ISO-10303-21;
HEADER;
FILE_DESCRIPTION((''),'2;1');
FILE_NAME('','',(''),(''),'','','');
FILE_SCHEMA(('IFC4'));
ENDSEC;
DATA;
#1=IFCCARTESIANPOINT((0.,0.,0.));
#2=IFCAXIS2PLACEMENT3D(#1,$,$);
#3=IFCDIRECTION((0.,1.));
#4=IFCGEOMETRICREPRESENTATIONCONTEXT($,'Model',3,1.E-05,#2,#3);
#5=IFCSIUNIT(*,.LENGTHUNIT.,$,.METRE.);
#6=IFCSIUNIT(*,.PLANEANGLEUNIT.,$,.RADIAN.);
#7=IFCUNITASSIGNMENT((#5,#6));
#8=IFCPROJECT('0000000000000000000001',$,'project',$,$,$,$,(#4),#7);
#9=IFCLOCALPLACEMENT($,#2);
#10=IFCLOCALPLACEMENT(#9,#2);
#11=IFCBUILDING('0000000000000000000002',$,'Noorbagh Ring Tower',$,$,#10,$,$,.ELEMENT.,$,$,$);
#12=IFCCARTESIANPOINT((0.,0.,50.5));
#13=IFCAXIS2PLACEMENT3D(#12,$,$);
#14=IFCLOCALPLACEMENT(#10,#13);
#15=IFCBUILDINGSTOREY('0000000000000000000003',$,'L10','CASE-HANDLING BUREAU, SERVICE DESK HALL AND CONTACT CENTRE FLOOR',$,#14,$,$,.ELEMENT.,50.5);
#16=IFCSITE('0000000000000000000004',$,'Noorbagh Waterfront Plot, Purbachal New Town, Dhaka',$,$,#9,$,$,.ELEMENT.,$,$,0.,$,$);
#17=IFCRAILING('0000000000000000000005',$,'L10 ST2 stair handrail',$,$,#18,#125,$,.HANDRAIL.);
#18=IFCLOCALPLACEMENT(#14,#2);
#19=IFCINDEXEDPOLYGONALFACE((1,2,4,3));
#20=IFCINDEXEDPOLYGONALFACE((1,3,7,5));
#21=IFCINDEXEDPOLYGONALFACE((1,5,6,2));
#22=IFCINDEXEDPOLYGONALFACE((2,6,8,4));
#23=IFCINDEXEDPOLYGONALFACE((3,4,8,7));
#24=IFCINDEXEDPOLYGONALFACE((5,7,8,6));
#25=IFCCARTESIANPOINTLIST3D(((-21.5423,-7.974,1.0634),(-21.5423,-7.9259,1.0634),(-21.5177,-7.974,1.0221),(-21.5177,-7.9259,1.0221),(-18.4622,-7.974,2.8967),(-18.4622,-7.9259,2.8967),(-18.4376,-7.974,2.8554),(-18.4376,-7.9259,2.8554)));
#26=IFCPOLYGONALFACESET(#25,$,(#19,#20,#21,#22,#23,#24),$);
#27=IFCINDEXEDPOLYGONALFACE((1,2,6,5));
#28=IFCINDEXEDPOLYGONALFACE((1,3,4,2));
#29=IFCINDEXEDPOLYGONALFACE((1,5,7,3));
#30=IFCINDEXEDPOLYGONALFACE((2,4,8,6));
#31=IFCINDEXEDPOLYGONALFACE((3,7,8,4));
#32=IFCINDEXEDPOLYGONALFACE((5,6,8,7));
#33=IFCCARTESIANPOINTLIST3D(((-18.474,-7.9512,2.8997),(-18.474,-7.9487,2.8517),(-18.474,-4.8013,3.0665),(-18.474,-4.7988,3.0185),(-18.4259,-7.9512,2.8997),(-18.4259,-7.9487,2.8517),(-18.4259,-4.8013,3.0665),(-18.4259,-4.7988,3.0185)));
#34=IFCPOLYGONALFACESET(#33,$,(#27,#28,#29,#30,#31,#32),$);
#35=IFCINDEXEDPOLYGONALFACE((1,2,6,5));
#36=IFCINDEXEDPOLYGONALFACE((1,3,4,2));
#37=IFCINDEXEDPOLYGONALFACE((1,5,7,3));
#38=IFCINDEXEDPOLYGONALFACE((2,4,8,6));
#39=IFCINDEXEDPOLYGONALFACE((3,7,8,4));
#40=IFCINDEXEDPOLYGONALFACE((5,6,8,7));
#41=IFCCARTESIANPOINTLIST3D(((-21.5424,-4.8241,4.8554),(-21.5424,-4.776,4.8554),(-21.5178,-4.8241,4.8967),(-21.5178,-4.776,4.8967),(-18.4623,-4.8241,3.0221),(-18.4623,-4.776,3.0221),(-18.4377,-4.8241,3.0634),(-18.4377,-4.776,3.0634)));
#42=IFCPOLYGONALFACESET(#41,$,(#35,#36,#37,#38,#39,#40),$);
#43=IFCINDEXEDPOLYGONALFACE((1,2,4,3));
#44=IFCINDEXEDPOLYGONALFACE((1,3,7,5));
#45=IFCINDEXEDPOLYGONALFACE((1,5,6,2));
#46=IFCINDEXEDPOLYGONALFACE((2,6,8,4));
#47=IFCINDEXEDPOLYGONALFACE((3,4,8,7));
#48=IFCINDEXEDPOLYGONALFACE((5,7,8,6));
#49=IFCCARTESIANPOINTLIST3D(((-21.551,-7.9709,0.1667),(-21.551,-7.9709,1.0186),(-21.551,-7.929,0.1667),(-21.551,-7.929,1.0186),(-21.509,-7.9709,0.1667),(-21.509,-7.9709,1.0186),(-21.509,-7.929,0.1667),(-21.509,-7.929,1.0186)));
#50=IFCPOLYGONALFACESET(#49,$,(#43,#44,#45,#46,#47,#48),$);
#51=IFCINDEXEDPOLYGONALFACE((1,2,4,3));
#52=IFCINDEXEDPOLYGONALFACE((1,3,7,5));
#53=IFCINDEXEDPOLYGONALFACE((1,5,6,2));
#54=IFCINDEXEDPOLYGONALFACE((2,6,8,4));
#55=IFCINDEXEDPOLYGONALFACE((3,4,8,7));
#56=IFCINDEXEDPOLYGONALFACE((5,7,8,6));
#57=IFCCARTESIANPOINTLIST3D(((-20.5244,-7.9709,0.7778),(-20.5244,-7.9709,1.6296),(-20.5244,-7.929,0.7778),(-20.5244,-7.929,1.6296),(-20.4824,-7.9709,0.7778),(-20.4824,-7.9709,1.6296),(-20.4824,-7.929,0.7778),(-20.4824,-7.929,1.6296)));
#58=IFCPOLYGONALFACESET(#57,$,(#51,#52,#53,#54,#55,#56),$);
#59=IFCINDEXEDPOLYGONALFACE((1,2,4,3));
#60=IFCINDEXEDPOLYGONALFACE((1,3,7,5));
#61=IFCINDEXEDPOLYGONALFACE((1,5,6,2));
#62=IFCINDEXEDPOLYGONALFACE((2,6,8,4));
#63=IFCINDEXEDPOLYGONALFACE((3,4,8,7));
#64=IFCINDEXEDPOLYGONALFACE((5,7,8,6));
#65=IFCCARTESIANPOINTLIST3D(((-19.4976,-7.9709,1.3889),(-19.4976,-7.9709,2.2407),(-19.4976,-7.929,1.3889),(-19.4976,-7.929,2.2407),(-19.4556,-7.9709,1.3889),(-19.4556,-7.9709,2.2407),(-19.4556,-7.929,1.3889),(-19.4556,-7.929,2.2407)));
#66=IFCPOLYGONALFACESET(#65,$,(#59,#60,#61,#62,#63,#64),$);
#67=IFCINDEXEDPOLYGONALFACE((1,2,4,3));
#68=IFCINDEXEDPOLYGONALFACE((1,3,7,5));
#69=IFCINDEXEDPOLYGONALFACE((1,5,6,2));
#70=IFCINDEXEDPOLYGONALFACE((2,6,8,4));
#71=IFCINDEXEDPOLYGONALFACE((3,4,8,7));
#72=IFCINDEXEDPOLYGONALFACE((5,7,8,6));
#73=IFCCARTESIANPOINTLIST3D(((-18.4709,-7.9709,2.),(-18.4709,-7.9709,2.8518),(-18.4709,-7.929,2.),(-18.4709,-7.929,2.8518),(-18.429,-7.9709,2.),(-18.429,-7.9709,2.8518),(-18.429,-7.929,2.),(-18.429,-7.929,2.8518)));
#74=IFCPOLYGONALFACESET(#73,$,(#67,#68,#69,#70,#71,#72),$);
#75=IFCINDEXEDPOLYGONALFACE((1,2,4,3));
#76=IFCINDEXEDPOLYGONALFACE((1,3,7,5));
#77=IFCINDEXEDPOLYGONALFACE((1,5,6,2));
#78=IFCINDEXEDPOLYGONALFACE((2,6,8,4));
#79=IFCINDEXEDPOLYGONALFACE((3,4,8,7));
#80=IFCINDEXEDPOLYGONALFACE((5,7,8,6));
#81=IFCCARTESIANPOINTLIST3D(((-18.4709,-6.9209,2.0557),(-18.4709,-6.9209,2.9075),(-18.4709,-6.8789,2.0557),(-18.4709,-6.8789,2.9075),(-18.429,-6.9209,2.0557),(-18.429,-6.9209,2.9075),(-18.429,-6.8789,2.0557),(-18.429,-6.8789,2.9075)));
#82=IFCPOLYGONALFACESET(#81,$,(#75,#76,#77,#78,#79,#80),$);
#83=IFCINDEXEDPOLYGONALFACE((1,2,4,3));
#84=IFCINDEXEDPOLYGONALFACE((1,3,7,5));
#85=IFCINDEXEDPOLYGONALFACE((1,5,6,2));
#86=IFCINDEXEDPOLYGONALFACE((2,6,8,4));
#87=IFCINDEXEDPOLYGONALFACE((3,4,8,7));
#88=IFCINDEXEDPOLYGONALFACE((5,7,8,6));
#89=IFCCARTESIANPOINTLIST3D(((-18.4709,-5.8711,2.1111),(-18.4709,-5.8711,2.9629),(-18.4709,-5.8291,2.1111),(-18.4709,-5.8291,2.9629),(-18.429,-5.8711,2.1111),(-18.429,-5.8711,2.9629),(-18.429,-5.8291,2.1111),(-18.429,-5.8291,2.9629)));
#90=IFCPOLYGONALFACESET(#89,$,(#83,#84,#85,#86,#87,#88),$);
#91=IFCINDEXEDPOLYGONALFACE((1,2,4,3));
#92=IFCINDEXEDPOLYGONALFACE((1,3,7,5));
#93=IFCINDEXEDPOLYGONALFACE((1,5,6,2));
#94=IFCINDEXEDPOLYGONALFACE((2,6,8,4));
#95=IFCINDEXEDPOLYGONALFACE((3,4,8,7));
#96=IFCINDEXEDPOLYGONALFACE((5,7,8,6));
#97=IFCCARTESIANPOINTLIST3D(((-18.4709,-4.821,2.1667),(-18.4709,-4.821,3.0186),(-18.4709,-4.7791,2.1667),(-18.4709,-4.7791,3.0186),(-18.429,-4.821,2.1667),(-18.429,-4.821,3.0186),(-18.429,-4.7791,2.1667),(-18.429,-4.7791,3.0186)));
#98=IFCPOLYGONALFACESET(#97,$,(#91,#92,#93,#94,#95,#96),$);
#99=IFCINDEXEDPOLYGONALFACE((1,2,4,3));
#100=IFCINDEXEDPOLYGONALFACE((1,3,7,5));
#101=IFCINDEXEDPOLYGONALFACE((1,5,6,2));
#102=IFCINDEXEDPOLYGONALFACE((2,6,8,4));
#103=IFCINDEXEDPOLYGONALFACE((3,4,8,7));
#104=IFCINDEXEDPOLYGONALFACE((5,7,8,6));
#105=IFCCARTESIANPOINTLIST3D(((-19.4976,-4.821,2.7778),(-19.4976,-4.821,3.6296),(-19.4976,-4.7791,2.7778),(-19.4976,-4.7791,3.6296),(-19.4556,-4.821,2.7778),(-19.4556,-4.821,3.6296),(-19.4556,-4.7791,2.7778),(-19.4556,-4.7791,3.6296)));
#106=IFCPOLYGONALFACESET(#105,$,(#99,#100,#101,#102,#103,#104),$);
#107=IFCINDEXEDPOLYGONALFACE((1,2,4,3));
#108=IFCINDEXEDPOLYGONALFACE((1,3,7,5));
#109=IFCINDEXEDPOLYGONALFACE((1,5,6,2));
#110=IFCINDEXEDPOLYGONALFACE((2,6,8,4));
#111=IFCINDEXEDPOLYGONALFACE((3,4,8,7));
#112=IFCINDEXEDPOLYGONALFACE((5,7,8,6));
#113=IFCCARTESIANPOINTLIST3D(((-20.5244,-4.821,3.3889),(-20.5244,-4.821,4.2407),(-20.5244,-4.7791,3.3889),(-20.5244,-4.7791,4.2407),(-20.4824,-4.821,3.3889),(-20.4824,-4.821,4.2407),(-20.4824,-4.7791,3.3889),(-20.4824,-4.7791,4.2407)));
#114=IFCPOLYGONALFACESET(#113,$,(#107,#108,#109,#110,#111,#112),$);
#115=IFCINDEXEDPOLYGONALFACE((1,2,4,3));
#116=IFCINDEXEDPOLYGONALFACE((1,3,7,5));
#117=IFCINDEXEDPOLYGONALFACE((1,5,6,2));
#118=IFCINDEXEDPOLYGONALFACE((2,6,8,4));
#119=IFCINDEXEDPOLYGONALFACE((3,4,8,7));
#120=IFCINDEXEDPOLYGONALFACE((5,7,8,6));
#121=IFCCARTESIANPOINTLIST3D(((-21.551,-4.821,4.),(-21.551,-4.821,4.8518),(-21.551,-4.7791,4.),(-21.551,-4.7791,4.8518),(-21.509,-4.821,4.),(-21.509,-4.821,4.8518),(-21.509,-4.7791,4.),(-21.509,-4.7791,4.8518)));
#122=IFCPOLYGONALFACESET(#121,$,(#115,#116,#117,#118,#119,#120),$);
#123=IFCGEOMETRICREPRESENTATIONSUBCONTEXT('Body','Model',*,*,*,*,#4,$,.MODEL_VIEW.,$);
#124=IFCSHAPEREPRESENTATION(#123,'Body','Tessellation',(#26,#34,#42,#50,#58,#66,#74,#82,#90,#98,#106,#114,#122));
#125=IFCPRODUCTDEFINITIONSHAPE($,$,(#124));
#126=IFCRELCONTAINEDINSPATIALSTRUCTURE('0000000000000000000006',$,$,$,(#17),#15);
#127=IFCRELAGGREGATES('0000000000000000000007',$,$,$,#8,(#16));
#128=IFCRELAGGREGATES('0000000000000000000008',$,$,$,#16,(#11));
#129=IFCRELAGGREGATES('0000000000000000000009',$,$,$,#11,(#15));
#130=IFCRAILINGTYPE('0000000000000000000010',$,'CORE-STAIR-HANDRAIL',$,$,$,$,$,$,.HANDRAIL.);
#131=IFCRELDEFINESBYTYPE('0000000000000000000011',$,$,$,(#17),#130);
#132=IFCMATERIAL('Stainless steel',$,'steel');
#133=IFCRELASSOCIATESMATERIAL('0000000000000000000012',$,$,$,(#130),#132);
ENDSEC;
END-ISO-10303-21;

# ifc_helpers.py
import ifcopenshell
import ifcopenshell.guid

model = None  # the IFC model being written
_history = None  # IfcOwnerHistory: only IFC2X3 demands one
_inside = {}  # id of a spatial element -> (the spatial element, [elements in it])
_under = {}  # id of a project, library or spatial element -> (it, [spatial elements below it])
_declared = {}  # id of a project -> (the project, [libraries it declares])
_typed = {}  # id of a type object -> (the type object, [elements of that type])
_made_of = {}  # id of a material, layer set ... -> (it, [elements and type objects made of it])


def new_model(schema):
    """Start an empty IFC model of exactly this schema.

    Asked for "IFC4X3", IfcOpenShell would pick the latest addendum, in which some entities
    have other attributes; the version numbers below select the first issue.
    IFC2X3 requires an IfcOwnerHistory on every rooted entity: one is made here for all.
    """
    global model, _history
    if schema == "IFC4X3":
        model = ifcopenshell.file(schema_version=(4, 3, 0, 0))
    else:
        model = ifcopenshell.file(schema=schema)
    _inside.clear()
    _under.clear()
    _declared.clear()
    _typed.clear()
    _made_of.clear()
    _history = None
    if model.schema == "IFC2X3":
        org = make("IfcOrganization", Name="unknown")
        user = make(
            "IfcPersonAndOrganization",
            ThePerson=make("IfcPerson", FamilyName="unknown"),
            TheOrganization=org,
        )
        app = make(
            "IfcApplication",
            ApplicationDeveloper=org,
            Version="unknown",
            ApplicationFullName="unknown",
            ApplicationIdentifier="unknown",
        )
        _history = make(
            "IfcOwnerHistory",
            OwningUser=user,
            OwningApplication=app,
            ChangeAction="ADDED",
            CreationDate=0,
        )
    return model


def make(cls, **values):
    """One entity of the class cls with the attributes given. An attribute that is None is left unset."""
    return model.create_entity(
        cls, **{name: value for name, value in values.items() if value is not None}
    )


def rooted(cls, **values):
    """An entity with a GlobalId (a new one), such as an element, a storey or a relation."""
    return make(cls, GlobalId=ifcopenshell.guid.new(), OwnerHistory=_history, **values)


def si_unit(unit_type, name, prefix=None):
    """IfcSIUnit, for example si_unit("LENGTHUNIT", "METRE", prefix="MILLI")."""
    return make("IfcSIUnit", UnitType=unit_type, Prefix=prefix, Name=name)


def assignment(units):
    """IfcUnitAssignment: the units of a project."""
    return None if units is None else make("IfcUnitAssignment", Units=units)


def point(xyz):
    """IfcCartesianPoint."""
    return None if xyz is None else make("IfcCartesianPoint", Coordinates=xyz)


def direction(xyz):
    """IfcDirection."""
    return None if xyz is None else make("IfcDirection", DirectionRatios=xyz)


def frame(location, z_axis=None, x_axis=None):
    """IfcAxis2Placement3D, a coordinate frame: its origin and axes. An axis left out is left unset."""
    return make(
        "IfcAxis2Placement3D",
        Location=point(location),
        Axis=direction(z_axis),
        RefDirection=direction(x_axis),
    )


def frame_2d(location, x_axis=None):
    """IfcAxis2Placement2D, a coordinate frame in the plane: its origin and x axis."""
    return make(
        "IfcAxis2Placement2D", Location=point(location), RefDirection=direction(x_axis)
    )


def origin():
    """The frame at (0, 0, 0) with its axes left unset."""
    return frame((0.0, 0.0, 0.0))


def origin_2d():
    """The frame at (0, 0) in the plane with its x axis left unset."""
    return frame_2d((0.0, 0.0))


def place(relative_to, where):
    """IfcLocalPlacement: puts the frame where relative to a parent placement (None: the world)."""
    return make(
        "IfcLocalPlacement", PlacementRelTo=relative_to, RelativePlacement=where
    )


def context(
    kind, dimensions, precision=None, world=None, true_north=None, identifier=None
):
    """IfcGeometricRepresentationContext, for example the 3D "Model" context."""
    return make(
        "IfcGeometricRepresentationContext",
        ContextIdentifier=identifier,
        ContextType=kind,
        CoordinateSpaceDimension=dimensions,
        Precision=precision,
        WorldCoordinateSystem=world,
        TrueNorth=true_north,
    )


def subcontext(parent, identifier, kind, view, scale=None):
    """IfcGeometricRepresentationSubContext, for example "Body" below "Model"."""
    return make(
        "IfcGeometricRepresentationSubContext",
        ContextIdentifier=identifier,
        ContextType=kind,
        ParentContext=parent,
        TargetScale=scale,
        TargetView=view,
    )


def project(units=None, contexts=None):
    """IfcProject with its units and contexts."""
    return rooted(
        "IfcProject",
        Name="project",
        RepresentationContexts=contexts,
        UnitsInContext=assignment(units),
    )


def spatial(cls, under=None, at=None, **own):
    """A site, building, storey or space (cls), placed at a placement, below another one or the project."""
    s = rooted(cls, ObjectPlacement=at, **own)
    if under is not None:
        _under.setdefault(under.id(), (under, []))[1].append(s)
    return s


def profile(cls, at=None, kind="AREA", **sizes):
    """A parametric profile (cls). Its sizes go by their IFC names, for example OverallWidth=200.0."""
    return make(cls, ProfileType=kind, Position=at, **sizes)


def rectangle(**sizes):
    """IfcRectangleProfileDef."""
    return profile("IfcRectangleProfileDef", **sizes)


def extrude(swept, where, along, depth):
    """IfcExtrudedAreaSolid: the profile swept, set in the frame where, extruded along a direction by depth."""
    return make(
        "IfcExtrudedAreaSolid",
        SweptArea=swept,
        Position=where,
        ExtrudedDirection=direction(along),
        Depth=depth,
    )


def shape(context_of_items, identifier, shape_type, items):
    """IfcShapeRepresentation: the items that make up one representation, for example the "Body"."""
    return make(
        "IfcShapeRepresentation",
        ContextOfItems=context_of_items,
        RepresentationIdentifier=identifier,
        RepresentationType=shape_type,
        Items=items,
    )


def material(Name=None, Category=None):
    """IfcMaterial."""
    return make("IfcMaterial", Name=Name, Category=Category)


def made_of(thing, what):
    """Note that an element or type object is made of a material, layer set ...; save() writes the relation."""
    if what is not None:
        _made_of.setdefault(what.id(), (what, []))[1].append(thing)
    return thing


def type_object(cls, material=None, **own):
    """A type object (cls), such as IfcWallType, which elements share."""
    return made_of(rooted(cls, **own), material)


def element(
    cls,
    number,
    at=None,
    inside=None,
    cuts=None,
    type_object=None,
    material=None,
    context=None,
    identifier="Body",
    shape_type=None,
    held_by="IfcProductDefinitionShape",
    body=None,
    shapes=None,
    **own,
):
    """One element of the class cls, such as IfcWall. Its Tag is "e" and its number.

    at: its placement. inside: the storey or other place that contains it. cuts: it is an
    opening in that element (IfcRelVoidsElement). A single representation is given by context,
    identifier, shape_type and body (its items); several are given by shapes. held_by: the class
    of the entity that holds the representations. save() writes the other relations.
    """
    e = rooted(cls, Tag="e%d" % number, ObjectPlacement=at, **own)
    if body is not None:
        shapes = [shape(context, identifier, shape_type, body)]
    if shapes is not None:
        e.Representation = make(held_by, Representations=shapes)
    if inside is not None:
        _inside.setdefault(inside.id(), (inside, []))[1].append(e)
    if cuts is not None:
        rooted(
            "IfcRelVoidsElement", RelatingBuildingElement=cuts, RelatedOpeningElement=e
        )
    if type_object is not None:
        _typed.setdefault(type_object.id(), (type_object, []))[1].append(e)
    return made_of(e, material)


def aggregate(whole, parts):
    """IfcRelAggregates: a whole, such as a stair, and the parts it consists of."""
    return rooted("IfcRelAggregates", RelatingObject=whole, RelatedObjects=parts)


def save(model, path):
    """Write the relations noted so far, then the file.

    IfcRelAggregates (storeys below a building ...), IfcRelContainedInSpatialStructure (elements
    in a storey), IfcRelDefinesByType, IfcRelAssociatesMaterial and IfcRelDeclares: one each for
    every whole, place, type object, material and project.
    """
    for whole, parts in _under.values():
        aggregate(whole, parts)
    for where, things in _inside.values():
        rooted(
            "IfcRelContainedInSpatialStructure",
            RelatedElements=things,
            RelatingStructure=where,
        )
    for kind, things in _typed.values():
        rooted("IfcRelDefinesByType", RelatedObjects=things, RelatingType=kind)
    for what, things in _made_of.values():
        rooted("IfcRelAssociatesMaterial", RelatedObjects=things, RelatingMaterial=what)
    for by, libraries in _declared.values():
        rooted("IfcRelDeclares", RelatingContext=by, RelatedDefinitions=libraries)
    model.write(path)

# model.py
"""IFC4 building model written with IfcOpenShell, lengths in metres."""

from ifc_helpers import new_model, si_unit, direction, frame, origin, origin_2d, place, context, subcontext, project, spatial, rectangle, extrude, material, type_object, element, save


model = new_model("IFC4")

# Units and contexts
model_context = context("Model", 3, precision=1e-05, world=origin(), true_north=direction((0.0, 1.0)))
body_context = subcontext(model_context, "Body", "Model", "MODEL_VIEW")
ifc_project = project(units=[si_unit("LENGTHUNIT", "METRE"), si_unit("PLANEANGLEUNIT", "RADIAN")], contexts=[model_context])

# Site, building, storey
site_placement = place(None, origin())
site = spatial("IfcSite", under=ifc_project, at=site_placement, Name="Noorbagh Waterfront Plot, Purbachal New Town, Dhaka", CompositionType="ELEMENT", RefElevation=0.0)
building_placement = place(site_placement, origin())
building = spatial("IfcBuilding", under=site, at=building_placement, Name="Noorbagh Ring Tower", CompositionType="ELEMENT")
storey_placement = place(building_placement, frame((0.0, 0.0, 50.5)))
storey = spatial("IfcBuildingStorey", under=building, at=storey_placement, Name="L10", Description="CASE-HANDLING BUREAU, SERVICE DESK HALL AND CONTACT CENTRE FLOOR", CompositionType="ELEMENT", Elevation=50.5)

# Railing
ifc_material_1 = material(Name="Stainless steel", Category="steel")
railing_type_1 = type_object("IfcRailingType", Name="CORE-STAIR-HANDRAIL", PredefinedType="HANDRAIL", material=ifc_material_1)
railing_1_placement = place(storey_placement, frame((-21.53, -7.95, 0.1667)))
element("IfcRailing", 1, at=railing_1_placement, inside=storey, type_object=railing_type_1, Name="L10 ST2 stair handrail", PredefinedType="HANDRAIL", context=body_context, shape_type="SweptSolid", body=[
    extrude(rectangle(XDim=0.0481, YDim=0.0481, at=origin_2d()), frame((0.0, 0.0, 0.876), z_axis=(0.859309, 0.0, 0.511458), x_axis=(0.0, 1.0, 0.0)), (0.0, 0.0, 1.0), 3.5845),
    extrude(rectangle(XDim=0.0481, YDim=0.0481, at=origin_2d()), frame((3.0801, 0.0, 2.709), z_axis=(0.0, 0.998602, 0.052864), x_axis=(-1.0, 0.0, 0.0)), (0.0, 0.0, 1.0), 3.1543),
    extrude(rectangle(XDim=0.0481, YDim=0.0481, at=origin_2d()), frame((3.0801, 3.1499, 2.876), z_axis=(-0.859309, 0.0, 0.511458), x_axis=(0.0, -1.0, 0.0)), (0.0, 0.0, 1.0), 3.5845),
    extrude(rectangle(XDim=0.042, YDim=0.042, at=origin_2d()), origin(), (0.0, 0.0, 1.0), 0.8518),
    extrude(rectangle(XDim=0.042, YDim=0.042, at=origin_2d()), frame((1.0266, 0.0, 0.6111)), (0.0, 0.0, 1.0), 0.8518),
    extrude(rectangle(XDim=0.042, YDim=0.042, at=origin_2d()), frame((2.0535, 0.0, 1.2222)), (0.0, 0.0, 1.0), 0.8518),
    extrude(rectangle(XDim=0.042, YDim=0.042, at=origin_2d()), frame((3.0801, 0.0, 1.8333)), (0.0, 0.0, 1.0), 0.8518),
    extrude(rectangle(XDim=0.042, YDim=0.042, at=origin_2d()), frame((3.0801, 1.05, 1.8889)), (0.0, 0.0, 1.0), 0.8518),
    extrude(rectangle(XDim=0.042, YDim=0.042, at=origin_2d()), frame((3.0801, 2.0999, 1.9443)), (0.0, 0.0, 1.0), 0.8518),
    extrude(rectangle(XDim=0.042, YDim=0.042, at=origin_2d()), frame((3.0801, 3.1499, 2.0)), (0.0, 0.0, 1.0), 0.8518),
    extrude(rectangle(XDim=0.042, YDim=0.042, at=origin_2d()), frame((2.0535, 3.1499, 2.6111)), (0.0, 0.0, 1.0), 0.8518),
    extrude(rectangle(XDim=0.042, YDim=0.042, at=origin_2d()), frame((1.0266, 3.1499, 3.2222)), (0.0, 0.0, 1.0), 0.8518),
    extrude(rectangle(XDim=0.042, YDim=0.042, at=origin_2d()), frame((0.0, 3.1499, 3.8333)), (0.0, 0.0, 1.0), 0.8518),
])

save(model, "model.ifc")
